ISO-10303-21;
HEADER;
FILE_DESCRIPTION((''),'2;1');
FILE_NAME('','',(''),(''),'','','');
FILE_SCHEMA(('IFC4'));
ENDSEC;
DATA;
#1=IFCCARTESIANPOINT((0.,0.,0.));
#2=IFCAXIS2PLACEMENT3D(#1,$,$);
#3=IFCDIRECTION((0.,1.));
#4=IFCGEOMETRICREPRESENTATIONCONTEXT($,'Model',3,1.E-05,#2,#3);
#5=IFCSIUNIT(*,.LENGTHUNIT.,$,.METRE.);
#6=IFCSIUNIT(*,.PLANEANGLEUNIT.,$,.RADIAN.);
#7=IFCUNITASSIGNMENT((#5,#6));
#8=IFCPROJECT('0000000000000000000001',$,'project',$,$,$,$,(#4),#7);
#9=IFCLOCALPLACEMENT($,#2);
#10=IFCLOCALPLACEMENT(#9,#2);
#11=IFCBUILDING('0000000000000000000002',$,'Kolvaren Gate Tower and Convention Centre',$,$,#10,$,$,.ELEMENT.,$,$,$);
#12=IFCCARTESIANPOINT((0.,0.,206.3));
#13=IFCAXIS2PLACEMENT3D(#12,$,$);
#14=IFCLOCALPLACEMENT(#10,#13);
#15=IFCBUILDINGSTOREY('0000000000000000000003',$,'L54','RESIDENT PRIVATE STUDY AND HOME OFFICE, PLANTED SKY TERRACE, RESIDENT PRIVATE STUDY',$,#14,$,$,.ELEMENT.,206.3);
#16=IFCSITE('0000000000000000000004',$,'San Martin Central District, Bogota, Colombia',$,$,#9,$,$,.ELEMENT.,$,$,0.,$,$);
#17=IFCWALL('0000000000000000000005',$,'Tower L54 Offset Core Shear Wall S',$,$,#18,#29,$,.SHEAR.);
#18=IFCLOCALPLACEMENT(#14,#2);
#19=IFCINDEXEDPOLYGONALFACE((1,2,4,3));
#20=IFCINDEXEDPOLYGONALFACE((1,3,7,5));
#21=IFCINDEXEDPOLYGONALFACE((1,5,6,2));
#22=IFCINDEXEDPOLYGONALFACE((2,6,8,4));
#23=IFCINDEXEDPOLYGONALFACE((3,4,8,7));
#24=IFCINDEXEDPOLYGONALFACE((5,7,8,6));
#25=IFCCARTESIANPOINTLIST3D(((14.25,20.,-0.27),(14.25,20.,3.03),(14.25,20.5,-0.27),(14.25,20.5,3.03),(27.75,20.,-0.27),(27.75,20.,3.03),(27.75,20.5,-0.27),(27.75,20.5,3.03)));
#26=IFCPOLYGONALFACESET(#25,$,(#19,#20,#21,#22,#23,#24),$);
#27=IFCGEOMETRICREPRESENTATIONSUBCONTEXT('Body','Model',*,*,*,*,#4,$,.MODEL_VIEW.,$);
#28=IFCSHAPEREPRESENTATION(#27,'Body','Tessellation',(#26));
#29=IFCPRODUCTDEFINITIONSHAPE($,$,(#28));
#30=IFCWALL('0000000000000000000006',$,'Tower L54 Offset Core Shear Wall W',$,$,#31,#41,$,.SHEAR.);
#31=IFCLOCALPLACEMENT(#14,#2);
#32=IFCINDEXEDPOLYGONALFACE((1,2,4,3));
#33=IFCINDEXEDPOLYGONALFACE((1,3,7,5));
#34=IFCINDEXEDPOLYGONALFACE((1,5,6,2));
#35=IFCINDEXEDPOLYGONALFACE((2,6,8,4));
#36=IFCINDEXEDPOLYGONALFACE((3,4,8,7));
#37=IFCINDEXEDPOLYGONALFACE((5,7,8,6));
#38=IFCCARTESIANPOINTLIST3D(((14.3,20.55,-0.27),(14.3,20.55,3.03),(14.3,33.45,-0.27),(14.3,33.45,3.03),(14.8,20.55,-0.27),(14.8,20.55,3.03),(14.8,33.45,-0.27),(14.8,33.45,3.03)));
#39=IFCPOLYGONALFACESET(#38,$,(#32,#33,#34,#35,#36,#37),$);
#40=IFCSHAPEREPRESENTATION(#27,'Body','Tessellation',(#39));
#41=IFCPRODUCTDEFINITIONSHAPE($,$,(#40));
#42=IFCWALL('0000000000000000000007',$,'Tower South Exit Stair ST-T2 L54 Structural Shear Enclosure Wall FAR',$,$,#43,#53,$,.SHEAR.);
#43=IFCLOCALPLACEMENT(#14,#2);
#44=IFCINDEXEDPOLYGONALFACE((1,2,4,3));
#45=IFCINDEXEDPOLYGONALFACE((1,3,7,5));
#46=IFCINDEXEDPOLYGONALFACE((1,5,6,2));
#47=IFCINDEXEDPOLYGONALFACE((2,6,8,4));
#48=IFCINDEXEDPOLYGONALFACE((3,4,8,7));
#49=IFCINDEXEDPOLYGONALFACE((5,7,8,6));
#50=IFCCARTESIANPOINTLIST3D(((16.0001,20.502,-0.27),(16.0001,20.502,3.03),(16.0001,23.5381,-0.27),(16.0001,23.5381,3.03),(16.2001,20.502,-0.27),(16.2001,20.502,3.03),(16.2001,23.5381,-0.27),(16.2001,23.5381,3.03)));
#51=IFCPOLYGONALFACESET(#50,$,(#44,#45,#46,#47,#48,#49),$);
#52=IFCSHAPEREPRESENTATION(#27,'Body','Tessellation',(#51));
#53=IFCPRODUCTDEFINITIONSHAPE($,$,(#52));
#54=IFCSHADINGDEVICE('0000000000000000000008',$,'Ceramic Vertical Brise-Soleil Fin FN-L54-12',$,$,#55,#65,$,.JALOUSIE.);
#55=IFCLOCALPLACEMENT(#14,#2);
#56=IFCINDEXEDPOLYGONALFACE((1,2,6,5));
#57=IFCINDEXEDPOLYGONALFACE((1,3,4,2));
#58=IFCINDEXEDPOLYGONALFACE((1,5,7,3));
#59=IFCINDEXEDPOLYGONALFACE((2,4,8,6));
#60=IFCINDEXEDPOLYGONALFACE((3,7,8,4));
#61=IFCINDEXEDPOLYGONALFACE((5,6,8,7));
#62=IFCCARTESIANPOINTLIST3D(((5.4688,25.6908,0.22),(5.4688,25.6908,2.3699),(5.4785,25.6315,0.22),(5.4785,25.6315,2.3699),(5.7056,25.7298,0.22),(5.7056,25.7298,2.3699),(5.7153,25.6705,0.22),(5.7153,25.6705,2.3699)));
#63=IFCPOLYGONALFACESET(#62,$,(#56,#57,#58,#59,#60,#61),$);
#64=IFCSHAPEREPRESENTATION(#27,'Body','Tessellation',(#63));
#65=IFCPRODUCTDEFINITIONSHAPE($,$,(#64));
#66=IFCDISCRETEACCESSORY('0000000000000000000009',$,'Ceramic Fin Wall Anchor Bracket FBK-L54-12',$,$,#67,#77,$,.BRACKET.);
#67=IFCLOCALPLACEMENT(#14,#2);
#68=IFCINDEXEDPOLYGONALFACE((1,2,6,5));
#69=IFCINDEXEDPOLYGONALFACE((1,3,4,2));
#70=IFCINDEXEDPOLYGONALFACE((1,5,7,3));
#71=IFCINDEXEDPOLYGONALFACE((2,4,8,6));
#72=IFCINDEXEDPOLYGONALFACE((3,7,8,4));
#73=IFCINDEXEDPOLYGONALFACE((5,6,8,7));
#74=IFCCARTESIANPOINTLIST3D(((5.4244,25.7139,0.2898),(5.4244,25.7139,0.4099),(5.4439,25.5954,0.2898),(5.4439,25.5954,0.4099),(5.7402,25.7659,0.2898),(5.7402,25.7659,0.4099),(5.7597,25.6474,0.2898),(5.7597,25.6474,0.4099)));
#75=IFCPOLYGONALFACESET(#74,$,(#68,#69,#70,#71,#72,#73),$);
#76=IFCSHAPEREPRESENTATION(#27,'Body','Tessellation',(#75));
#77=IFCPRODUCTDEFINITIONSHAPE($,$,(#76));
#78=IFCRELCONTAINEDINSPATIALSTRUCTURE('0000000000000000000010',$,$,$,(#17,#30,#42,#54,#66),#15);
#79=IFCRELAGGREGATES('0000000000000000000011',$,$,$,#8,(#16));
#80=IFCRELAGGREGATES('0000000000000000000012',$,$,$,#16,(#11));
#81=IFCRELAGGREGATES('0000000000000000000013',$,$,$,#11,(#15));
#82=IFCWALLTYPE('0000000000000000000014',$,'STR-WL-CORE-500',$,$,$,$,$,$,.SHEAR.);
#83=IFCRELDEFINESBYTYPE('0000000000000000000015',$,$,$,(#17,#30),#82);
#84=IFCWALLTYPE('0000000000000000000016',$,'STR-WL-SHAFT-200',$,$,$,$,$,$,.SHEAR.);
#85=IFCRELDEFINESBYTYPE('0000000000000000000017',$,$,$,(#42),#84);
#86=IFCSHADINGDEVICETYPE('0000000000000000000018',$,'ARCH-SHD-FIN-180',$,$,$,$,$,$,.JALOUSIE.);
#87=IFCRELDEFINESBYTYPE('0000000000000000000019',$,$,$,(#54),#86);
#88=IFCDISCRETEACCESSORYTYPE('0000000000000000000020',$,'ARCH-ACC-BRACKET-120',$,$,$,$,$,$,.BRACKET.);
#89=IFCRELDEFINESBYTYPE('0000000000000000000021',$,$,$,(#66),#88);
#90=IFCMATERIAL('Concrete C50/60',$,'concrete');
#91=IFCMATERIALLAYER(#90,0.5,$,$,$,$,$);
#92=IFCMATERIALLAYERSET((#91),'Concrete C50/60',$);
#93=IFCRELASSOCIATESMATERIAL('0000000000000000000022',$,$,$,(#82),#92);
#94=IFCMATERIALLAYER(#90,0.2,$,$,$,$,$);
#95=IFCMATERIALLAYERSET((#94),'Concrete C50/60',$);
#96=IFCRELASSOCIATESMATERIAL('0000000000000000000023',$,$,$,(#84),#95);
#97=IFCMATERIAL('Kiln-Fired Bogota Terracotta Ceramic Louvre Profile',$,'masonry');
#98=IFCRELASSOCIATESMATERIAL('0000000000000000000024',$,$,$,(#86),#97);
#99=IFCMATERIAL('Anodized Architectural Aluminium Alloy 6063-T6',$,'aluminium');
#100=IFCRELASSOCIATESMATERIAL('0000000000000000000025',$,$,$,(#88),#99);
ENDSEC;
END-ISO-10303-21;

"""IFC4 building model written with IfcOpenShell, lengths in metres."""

from ifc_helpers import new_model, si_unit, direction, frame, frame_2d, origin, origin_2d, place, context, subcontext, project, spatial, rectangle, extrude, material, layer, layer_set, type_object, element, save


model = new_model("IFC4")

# Units and contexts
model_context = context("Model", 3, precision=1e-05, world=origin(), true_north=direction((0.0, 1.0)))
body_context = subcontext(model_context, "Body", "Model", "MODEL_VIEW")
ifc_project = project(units=[si_unit("LENGTHUNIT", "METRE"), si_unit("PLANEANGLEUNIT", "RADIAN")], contexts=[model_context])

# Site, building, storey
site_placement = place(None, origin())
site = spatial("IfcSite", under=ifc_project, at=site_placement, Name="San Martin Central District, Bogota, Colombia", CompositionType="ELEMENT", RefElevation=0.0)
building_placement = place(site_placement, origin())
building = spatial("IfcBuilding", under=site, at=building_placement, Name="Kolvaren Gate Tower and Convention Centre", CompositionType="ELEMENT")
storey_placement = place(building_placement, frame((0.0, 0.0, 206.3)))
storey = spatial("IfcBuildingStorey", under=building, at=storey_placement, Name="L54", Description="RESIDENT PRIVATE STUDY AND HOME OFFICE, PLANTED SKY TERRACE, RESIDENT PRIVATE STUDY", CompositionType="ELEMENT", Elevation=206.3)

# Shared definitions
ifc_material_1 = material(Name="Anodized Architectural Aluminium Alloy 6063-T6", Category="aluminium")

# Walls
ifc_material_2 = material(Name="Concrete C50/60", Category="concrete")
ifc_layer_1 = layer(ifc_material_2, 0.5)
ifc_layer_set_1 = layer_set([ifc_layer_1], Name="Concrete C50/60")
wall_type_1 = type_object("IfcWallType", Name="STR-WL-CORE-500", PredefinedType="SHEAR", material=ifc_layer_set_1)
wall_1_placement = place(storey_placement, frame((14.25, 20.25, -0.27), z_axis=(0.0, 0.0, 1.0), x_axis=(1.0, 0.0, 0.0)))
element("IfcWall", 1, at=wall_1_placement, inside=storey, type_object=wall_type_1, Name="Tower L54 Offset Core Shear Wall S", PredefinedType="SHEAR", context=body_context, shape_type="SweptSolid", body=[
    extrude(rectangle(XDim=13.5, YDim=0.5, at=frame_2d((6.75, 0.0))), origin(), (0.0, 0.0, 1.0), 3.3),
])
wall_2_placement = place(storey_placement, frame((14.55, 20.55, -0.27), z_axis=(0.0, 0.0, 1.0), x_axis=(0.0, 1.0, 0.0)))
element("IfcWall", 2, at=wall_2_placement, inside=storey, type_object=wall_type_1, Name="Tower L54 Offset Core Shear Wall W", PredefinedType="SHEAR", context=body_context, shape_type="SweptSolid", body=[
    extrude(rectangle(XDim=12.8999, YDim=0.5, at=frame_2d((6.45, 0.0))), origin(), (0.0, 0.0, 1.0), 3.3),
])
ifc_layer_2 = layer(ifc_material_2, 0.2)
ifc_layer_set_2 = layer_set([ifc_layer_2], Name="Concrete C50/60")
wall_type_2 = type_object("IfcWallType", Name="STR-WL-SHAFT-200", PredefinedType="SHEAR", material=ifc_layer_set_2)
wall_3_placement = place(storey_placement, frame((16.1001, 20.502, -0.27), z_axis=(0.0, 0.0, 1.0), x_axis=(0.0, 1.0, 0.0)))
element("IfcWall", 3, at=wall_3_placement, inside=storey, type_object=wall_type_2, Name="Tower South Exit Stair ST-T2 L54 Structural Shear Enclosure Wall FAR", PredefinedType="SHEAR", context=body_context, shape_type="SweptSolid", body=[
    extrude(rectangle(XDim=3.0361, YDim=0.2, at=frame_2d((1.5181, 0.0))), origin(), (0.0, 0.0, 1.0), 3.3),
])

# Shading device
ifc_material_3 = material(Name="Kiln-Fired Bogota Terracotta Ceramic Louvre Profile", Category="masonry")
shading_device_type = type_object("IfcShadingDeviceType", Name="ARCH-SHD-FIN-180", PredefinedType="JALOUSIE", material=ifc_material_3)
shading_device_placement = place(storey_placement, frame((5.592, 25.6807, 0.22), z_axis=(0.0, 0.0, 1.0), x_axis=(0.162375, -0.986729, 0.0)))
element("IfcShadingDevice", 4, at=shading_device_placement, inside=storey, type_object=shading_device_type, Name="Ceramic Vertical Brise-Soleil Fin FN-L54-12", PredefinedType="JALOUSIE", context=body_context, shape_type="SweptSolid", body=[
    extrude(rectangle(XDim=0.0601, YDim=0.24, at=origin_2d()), origin(), (0.0, 0.0, 1.0), 2.1499),
])

# Discrete accessory
discrete_accessory_type = type_object("IfcDiscreteAccessoryType", Name="ARCH-ACC-BRACKET-120", PredefinedType="BRACKET", material=ifc_material_1)
discrete_accessory_placement = place(storey_placement, frame((5.592, 25.6807, 0.2898), z_axis=(0.0, 0.0, 1.0), x_axis=(0.162375, -0.986729, 0.0)))
element("IfcDiscreteAccessory", 5, at=discrete_accessory_placement, inside=storey, type_object=discrete_accessory_type, Name="Ceramic Fin Wall Anchor Bracket FBK-L54-12", PredefinedType="BRACKET", context=body_context, shape_type="SweptSolid", body=[
    extrude(rectangle(XDim=0.1201, YDim=0.3201, at=origin_2d()), origin(), (0.0, 0.0, 1.0), 0.1201),
])

save(model, "model.ifc")
